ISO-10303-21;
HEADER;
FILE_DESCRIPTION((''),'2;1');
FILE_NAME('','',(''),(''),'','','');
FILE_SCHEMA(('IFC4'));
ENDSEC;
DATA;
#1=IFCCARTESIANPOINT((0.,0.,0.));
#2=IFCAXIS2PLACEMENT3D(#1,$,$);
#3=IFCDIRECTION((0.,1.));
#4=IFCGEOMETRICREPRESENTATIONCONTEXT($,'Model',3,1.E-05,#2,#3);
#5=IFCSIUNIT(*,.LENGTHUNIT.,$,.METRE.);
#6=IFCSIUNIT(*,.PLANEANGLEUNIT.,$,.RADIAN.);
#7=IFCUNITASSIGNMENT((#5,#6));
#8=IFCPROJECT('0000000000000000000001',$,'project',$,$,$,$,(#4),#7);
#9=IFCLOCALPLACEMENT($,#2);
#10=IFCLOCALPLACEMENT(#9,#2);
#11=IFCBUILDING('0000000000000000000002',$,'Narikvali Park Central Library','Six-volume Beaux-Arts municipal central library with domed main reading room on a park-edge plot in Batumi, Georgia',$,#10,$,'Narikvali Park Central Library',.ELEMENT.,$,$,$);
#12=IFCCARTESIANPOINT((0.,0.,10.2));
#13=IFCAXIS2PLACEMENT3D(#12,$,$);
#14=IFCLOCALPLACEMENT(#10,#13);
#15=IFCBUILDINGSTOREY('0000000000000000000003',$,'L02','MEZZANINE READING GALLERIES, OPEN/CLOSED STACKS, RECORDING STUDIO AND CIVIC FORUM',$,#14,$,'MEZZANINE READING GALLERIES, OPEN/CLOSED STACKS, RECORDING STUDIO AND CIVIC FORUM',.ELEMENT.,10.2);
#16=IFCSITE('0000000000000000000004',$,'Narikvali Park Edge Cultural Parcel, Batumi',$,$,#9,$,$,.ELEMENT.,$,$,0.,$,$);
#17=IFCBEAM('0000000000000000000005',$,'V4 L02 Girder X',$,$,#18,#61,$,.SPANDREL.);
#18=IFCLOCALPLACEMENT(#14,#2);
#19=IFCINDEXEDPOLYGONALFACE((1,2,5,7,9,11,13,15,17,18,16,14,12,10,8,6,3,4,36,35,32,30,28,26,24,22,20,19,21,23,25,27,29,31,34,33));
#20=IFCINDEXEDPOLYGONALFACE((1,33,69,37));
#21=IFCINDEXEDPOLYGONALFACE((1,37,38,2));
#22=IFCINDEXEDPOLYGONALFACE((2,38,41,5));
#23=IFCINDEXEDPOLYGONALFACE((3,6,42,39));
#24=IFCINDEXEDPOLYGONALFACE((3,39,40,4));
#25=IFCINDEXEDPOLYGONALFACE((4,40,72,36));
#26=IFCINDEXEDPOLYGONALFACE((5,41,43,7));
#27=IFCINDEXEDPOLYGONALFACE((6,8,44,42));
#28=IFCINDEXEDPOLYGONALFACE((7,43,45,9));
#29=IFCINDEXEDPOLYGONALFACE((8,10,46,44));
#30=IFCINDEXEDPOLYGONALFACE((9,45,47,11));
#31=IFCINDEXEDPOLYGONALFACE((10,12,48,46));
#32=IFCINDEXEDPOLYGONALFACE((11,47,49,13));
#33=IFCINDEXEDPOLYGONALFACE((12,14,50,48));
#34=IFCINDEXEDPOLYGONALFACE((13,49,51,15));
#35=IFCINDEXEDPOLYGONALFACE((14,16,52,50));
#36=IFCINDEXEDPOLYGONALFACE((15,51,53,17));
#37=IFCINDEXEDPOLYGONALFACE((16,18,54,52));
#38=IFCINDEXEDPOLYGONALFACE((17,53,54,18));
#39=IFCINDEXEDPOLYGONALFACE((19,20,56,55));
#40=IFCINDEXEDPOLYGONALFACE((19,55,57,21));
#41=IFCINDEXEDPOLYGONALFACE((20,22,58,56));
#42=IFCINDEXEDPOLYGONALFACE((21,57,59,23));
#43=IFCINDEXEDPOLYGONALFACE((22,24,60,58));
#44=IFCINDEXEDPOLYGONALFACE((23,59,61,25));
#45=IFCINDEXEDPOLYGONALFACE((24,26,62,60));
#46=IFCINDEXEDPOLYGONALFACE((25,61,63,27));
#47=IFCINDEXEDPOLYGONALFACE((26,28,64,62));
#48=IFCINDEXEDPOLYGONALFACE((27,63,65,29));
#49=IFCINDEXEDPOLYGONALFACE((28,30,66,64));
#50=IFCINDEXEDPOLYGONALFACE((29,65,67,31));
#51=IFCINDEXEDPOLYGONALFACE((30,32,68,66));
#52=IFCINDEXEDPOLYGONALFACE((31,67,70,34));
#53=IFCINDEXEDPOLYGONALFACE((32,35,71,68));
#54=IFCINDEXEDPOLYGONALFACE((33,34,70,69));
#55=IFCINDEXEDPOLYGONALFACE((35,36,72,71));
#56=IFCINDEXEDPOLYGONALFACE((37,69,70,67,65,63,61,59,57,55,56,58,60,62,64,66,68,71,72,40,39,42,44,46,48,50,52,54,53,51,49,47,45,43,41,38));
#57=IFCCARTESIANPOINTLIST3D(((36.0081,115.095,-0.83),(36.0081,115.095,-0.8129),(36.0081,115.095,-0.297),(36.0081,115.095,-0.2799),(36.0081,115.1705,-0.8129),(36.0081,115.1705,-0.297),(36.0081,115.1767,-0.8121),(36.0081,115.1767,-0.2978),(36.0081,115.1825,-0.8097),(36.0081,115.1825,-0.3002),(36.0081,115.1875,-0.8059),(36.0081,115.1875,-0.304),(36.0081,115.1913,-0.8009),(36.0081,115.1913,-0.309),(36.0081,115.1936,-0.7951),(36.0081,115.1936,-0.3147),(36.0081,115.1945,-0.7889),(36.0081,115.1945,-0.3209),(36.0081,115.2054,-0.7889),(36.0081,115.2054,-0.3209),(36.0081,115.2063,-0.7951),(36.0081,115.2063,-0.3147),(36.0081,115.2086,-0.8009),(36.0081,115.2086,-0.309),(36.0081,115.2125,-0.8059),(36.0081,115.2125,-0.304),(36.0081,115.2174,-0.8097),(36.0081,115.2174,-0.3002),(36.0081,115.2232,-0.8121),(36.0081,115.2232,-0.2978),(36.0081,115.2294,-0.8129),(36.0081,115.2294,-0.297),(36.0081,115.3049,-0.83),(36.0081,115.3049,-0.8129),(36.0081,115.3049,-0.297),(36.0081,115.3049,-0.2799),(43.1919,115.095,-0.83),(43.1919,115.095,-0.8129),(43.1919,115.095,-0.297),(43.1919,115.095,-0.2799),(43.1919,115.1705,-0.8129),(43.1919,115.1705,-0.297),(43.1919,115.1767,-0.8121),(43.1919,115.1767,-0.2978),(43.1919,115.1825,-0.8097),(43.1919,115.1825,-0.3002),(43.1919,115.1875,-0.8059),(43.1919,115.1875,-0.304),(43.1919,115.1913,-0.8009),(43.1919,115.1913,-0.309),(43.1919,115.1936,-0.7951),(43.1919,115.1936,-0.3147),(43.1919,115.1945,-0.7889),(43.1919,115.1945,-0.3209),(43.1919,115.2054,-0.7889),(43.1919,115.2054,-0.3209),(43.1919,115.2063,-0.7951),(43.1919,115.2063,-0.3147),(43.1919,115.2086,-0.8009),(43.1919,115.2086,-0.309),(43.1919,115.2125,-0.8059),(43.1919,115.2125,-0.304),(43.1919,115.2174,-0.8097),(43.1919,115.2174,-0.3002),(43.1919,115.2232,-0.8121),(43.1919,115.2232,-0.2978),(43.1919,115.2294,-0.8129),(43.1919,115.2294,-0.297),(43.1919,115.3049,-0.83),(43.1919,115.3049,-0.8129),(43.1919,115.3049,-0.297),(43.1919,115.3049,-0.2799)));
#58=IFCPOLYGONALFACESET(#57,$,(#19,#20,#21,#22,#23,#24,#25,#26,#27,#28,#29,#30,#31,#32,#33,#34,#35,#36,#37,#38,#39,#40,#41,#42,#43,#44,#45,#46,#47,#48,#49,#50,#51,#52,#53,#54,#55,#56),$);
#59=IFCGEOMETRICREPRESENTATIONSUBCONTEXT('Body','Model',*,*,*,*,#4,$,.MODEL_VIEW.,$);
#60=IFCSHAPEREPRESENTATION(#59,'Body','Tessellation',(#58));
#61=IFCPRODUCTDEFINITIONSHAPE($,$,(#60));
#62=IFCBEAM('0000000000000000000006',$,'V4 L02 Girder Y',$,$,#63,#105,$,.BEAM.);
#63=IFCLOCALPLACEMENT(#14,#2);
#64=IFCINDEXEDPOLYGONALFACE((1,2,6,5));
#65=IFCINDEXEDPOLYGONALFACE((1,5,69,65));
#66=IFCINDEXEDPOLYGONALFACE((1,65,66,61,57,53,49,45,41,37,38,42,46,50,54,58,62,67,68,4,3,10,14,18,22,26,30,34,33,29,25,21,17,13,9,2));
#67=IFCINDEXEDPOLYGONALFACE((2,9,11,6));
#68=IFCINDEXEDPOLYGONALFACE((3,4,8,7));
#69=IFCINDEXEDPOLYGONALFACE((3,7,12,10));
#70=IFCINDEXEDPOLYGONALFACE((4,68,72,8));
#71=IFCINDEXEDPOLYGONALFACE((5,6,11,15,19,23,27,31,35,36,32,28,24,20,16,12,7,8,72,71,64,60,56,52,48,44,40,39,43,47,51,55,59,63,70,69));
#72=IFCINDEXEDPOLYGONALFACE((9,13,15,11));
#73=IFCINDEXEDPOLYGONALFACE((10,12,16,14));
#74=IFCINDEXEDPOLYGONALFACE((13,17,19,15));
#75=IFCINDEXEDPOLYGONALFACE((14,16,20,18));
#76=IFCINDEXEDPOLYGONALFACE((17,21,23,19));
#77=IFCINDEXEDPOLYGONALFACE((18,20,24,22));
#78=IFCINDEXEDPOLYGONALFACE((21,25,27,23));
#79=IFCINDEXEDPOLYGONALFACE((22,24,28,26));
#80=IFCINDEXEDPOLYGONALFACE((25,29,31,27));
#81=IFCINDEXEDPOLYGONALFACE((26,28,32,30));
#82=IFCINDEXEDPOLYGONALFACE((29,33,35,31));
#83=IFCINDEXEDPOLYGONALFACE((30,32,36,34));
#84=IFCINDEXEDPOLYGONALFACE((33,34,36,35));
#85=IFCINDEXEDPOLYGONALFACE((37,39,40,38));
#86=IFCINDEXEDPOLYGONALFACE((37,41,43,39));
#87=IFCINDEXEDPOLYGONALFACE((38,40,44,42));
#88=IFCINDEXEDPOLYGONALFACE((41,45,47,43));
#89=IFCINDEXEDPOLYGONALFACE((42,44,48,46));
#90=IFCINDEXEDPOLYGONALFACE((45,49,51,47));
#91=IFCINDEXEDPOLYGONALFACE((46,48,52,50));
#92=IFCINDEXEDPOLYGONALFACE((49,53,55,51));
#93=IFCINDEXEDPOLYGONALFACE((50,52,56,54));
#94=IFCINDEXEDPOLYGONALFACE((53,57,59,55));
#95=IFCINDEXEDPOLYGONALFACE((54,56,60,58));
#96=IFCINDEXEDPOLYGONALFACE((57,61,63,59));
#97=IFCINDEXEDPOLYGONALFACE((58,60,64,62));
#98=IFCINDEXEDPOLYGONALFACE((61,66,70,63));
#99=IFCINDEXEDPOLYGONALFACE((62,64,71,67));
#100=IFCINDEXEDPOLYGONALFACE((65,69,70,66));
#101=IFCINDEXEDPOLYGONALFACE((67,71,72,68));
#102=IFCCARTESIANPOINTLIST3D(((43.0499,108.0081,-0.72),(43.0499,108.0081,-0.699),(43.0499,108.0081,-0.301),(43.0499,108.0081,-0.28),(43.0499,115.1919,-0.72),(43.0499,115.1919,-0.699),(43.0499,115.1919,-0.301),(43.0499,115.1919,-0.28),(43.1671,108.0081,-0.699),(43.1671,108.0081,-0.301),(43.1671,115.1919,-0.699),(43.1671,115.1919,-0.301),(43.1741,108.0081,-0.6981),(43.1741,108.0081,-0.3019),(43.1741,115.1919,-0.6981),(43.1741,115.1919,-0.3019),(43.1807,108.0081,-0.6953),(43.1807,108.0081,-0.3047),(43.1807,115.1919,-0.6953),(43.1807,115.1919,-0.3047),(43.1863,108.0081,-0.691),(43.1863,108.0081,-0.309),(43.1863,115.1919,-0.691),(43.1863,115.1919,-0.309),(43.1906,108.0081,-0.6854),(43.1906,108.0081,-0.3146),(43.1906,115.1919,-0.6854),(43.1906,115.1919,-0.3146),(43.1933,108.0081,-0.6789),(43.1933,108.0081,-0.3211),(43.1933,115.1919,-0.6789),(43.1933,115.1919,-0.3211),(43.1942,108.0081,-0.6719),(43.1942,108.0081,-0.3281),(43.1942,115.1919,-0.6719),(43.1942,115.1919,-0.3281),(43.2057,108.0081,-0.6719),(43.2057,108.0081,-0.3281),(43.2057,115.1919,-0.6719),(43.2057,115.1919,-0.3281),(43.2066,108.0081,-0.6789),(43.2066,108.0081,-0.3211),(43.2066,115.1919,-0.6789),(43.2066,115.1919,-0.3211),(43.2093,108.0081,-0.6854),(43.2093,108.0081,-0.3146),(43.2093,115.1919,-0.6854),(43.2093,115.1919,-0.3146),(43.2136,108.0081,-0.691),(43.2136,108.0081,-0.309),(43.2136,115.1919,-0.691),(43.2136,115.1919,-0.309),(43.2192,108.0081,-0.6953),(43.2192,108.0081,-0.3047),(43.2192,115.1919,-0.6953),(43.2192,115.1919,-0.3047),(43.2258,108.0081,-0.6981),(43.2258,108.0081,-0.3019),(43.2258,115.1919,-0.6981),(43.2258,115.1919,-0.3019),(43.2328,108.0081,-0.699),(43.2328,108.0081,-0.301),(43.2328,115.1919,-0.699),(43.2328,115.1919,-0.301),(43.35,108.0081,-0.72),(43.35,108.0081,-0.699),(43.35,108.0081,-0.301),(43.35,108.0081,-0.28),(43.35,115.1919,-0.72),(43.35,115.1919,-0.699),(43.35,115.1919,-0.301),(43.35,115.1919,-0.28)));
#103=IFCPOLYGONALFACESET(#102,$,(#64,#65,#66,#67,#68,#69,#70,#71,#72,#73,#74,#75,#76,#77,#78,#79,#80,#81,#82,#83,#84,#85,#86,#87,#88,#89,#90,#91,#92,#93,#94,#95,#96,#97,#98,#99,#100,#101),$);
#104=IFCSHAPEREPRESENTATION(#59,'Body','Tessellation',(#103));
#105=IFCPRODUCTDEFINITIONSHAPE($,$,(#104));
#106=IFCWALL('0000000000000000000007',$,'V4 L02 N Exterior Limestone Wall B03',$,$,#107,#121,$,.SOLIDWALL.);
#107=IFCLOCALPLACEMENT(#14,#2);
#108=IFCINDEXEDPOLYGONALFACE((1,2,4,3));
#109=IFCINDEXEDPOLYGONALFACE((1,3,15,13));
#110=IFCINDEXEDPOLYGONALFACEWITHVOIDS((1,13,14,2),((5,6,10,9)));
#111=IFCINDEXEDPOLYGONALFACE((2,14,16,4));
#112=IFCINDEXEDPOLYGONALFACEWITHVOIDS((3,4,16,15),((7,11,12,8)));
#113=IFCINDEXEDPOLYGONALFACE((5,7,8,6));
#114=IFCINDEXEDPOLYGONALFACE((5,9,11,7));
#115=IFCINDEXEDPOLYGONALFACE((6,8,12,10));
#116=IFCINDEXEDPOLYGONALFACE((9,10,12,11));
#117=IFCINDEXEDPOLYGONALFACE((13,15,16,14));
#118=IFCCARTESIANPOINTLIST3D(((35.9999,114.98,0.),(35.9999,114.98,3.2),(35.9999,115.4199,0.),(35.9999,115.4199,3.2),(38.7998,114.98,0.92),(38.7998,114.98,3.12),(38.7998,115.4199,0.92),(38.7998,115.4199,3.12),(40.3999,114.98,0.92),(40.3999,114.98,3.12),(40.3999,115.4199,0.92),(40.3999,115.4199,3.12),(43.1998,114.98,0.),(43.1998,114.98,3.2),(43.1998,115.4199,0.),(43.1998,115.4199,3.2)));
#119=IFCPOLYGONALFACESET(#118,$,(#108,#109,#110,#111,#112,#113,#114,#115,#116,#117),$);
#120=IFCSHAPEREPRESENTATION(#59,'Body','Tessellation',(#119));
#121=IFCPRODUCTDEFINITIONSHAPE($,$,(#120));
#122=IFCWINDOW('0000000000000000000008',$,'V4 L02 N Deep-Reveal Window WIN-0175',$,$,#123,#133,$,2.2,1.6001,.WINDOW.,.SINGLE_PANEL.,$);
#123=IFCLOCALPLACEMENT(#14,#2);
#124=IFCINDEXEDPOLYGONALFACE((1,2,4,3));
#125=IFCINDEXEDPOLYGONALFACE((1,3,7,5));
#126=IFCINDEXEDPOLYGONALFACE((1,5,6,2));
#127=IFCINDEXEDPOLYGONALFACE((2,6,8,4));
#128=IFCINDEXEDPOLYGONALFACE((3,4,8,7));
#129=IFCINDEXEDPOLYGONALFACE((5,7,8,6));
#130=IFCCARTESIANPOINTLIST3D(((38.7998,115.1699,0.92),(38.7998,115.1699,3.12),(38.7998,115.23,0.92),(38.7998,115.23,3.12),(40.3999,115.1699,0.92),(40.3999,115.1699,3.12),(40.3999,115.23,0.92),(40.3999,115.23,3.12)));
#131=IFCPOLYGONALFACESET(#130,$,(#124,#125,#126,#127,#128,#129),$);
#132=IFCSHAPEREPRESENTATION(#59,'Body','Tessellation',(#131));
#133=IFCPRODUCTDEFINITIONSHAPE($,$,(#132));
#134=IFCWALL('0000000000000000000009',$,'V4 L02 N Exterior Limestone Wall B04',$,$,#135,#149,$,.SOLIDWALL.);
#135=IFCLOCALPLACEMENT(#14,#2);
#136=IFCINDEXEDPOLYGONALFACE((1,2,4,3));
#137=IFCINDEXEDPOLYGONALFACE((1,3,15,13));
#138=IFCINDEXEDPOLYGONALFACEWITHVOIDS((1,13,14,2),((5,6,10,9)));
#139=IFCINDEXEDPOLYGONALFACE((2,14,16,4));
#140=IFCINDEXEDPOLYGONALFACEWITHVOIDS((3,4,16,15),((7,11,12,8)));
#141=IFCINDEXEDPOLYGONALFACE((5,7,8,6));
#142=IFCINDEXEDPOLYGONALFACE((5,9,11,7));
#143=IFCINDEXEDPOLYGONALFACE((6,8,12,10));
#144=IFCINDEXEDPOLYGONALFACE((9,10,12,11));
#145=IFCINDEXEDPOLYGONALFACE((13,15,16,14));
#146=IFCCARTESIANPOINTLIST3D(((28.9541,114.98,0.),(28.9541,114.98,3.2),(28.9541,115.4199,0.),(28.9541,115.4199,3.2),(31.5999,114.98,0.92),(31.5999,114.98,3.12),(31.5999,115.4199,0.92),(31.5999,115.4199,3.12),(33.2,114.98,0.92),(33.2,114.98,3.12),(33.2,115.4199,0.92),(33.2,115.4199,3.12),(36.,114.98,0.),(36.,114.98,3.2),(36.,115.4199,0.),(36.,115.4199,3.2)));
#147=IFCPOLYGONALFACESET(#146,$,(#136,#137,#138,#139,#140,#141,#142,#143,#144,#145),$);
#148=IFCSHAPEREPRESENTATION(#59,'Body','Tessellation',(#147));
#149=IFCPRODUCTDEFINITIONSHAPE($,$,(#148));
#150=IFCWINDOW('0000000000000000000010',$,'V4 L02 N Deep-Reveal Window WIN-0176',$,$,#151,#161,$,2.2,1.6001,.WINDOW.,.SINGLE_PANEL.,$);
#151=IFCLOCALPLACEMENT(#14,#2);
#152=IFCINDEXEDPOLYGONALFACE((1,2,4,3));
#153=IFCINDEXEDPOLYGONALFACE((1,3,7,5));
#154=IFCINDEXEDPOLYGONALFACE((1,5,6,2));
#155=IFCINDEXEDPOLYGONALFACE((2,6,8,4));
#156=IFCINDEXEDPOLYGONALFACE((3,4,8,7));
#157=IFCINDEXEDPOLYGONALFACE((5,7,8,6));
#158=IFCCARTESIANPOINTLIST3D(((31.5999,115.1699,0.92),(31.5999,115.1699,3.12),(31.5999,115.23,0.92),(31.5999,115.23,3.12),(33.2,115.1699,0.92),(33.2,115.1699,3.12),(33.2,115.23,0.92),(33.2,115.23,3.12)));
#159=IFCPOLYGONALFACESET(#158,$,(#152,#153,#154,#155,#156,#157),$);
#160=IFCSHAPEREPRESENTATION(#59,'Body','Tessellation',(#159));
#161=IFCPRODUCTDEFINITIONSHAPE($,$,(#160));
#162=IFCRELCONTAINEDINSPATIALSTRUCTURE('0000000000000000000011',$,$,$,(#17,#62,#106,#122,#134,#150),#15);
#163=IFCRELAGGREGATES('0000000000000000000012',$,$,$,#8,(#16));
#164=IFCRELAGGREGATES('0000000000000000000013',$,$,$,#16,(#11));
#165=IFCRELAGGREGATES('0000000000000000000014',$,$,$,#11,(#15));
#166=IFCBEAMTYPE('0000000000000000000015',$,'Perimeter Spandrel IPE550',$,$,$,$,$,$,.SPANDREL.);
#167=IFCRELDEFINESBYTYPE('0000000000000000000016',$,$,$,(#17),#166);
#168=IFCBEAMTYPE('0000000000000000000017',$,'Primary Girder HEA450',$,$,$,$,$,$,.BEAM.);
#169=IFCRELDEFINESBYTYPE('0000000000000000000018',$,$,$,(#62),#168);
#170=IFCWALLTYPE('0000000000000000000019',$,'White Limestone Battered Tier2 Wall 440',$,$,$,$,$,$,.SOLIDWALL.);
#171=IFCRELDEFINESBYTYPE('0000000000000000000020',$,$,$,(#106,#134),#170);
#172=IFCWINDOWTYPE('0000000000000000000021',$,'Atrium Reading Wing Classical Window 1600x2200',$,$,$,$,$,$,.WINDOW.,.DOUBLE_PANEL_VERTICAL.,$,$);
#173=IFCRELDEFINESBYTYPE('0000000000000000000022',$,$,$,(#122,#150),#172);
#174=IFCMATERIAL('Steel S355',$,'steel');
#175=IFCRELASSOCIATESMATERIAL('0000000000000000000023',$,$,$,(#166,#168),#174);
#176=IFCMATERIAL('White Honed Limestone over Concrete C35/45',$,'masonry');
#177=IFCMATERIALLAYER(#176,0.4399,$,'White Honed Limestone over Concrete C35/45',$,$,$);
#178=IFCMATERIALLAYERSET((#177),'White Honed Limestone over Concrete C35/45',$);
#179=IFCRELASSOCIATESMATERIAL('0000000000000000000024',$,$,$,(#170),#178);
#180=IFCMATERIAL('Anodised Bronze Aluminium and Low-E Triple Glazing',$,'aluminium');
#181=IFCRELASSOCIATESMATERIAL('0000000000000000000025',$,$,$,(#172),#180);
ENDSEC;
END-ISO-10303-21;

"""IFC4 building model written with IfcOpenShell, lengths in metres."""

from ifc_helpers import new_model, si_unit, direction, frame, frame_2d, origin, origin_2d, place, context, subcontext, project, spatial, rectangle, i_section, extrude, material, layer, layer_set, material_profile, profile_set, type_object, element, fill, save


model = new_model("IFC4")

# Units and contexts
model_context = context("Model", 3, precision=1e-05, world=origin(), true_north=direction((0.0, 1.0)))
body_context = subcontext(model_context, "Body", "Model", "MODEL_VIEW")
ifc_project = project(units=[si_unit("LENGTHUNIT", "METRE"), si_unit("PLANEANGLEUNIT", "RADIAN")], contexts=[model_context])

# Site, building, storey
site_placement = place(None, origin())
site = spatial("IfcSite", under=ifc_project, at=site_placement, Name="Narikvali Park Edge Cultural Parcel, Batumi", CompositionType="ELEMENT", RefElevation=0.0)
building_placement = place(site_placement, origin())
building = spatial("IfcBuilding", under=site, at=building_placement, Name="Narikvali Park Central Library", Description="Six-volume Beaux-Arts municipal central library with domed main reading room on a park-edge plot in Batumi, Georgia", LongName="Narikvali Park Central Library", CompositionType="ELEMENT")
storey_placement = place(building_placement, frame((0.0, 0.0, 10.2)))
storey = spatial("IfcBuildingStorey", under=building, at=storey_placement, Name="L02", Description="MEZZANINE READING GALLERIES, OPEN/CLOSED STACKS, RECORDING STUDIO AND CIVIC FORUM", LongName="MEZZANINE READING GALLERIES, OPEN/CLOSED STACKS, RECORDING STUDIO AND CIVIC FORUM", CompositionType="ELEMENT", Elevation=10.2)

# Shared definitions
ifc_material_1 = material(Name="Steel S355", Category="steel")

# Beams
ifc_material_profile_1 = material_profile(ifc_material_1, i_section(OverallWidth=0.21, OverallDepth=0.55, WebThickness=0.011, FlangeThickness=0.0171, FilletRadius=0.0239, at=origin_2d()), Name="IPE 550")
ifc_profile_set_1 = profile_set([ifc_material_profile_1], Name="Steel S355")
beam_type_1 = type_object("IfcBeamType", Name="Perimeter Spandrel IPE550", PredefinedType="SPANDREL", material=ifc_profile_set_1)
for number, where, z_axis, x_axis, name in (
    (1, (36.0081, 115.2, -0.5549), (1.0, 0.0, 0.0), (0.0, 1.0, 0.0), "V4 L02 Girder X"),
):
    element("IfcBeam", number, at=place(storey_placement, frame(where, z_axis=z_axis, x_axis=x_axis)), inside=storey, type_object=beam_type_1, Name=name, PredefinedType="SPANDREL", context=body_context, shape_type="SweptSolid", body=[
        extrude(i_section(OverallWidth=0.21, OverallDepth=0.55, WebThickness=0.011, FlangeThickness=0.0171, FilletRadius=0.0239, at=origin_2d()), origin(), (0.0, 0.0, 1.0), 7.1838),
    ])
ifc_material_profile_2 = material_profile(ifc_material_1, i_section(OverallWidth=0.3, OverallDepth=0.4399, WebThickness=0.0115, FlangeThickness=0.021, FilletRadius=0.0271, at=origin_2d()), Name="HEA 450")
ifc_profile_set_2 = profile_set([ifc_material_profile_2], Name="Steel S355")
beam_type_2 = type_object("IfcBeamType", Name="Primary Girder HEA450", PredefinedType="BEAM", material=ifc_profile_set_2)
beam_placement = place(storey_placement, frame((43.2, 108.0081, -0.5), z_axis=(0.0, 1.0, 0.0), x_axis=(-1.0, 0.0, 0.0)))
element("IfcBeam", 2, at=beam_placement, inside=storey, type_object=beam_type_2, Name="V4 L02 Girder Y", PredefinedType="BEAM", context=body_context, shape_type="SweptSolid", body=[
    extrude(i_section(OverallWidth=0.3, OverallDepth=0.4399, WebThickness=0.0115, FlangeThickness=0.021, FilletRadius=0.0271, at=origin_2d()), origin(), (0.0, 0.0, 1.0), 7.1838),
])

# Walls, openings, windows
ifc_material_2 = material(Name="White Honed Limestone over Concrete C35/45", Category="masonry")
ifc_layer_1 = layer(ifc_material_2, 0.4399, Name="White Honed Limestone over Concrete C35/45")
ifc_layer_set_1 = layer_set([ifc_layer_1], Name="White Honed Limestone over Concrete C35/45")
wall_type = type_object("IfcWallType", Name="White Limestone Battered Tier2 Wall 440", PredefinedType="SOLIDWALL", material=ifc_layer_set_1)
wall_1_placement = place(storey_placement, frame((43.2, 115.2, 0.0), z_axis=(0.0, 0.0, 1.0), x_axis=(-1.0, 0.0, 0.0)))
wall_1 = element("IfcWall", 3, at=wall_1_placement, inside=storey, type_object=wall_type, Name="V4 L02 N Exterior Limestone Wall B03", PredefinedType="SOLIDWALL", context=body_context, shape_type="SweptSolid", body=[
    extrude(rectangle(XDim=7.2, YDim=0.4399, at=frame_2d((3.6001, 0.0))), origin(), (0.0, 0.0, 1.0), 3.2),
])
opening_1_placement = place(wall_1_placement, frame((2.8, 0.0, 0.9199)))
opening_1 = element("IfcOpeningElement", 4, at=opening_1_placement, cuts=wall_1, PredefinedType="OPENING", context=body_context, shape_type="SweptSolid", body=[
    extrude(rectangle(XDim=1.6001, YDim=2.2, at=frame_2d((0.8, 1.1001))), frame((0.0, 0.2319, 0.0), z_axis=(0.0, -1.0, 0.0), x_axis=(1.0, 0.0, 0.0)), (0.0, 0.0, 1.0), 0.4639),
])
ifc_material_3 = material(Name="Anodised Bronze Aluminium and Low-E Triple Glazing", Category="aluminium")
window_type = type_object("IfcWindowType", Name="Atrium Reading Wing Classical Window 1600x2200", PartitioningType="DOUBLE_PANEL_VERTICAL", PredefinedType="WINDOW", material=ifc_material_3)
window_1_placement = place(opening_1_placement, origin())
window_1 = element("IfcWindow", 5, at=window_1_placement, inside=storey, type_object=window_type, Name="V4 L02 N Deep-Reveal Window WIN-0175", OverallHeight=2.2, OverallWidth=1.6001, PartitioningType="SINGLE_PANEL", PredefinedType="WINDOW", context=body_context, shape_type="SweptSolid", body=[
    extrude(rectangle(XDim=1.6001, YDim=2.2, at=frame_2d((0.8, 1.1001))), frame((0.0, 0.03, 0.0), z_axis=(0.0, -1.0, 0.0), x_axis=(1.0, 0.0, 0.0)), (0.0, 0.0, 1.0), 0.0601),
])
fill(opening_1, window_1)
wall_2_placement = place(storey_placement, frame((36.0, 115.2, 0.0), z_axis=(0.0, 0.0, 1.0), x_axis=(-1.0, 0.0, 0.0)))
wall_2 = element("IfcWall", 6, at=wall_2_placement, inside=storey, type_object=wall_type, Name="V4 L02 N Exterior Limestone Wall B04", PredefinedType="SOLIDWALL", context=body_context, shape_type="SweptSolid", body=[
    extrude(rectangle(XDim=7.0459, YDim=0.4399, at=frame_2d((3.5229, 0.0))), origin(), (0.0, 0.0, 1.0), 3.2),
])
opening_2_placement = place(wall_2_placement, frame((2.8, 0.0, 0.9199)))
opening_2 = element("IfcOpeningElement", 7, at=opening_2_placement, cuts=wall_2, PredefinedType="OPENING", context=body_context, shape_type="SweptSolid", body=[
    extrude(rectangle(XDim=1.6001, YDim=2.2, at=frame_2d((0.8, 1.1001))), frame((0.0, 0.2319, 0.0), z_axis=(0.0, -1.0, 0.0), x_axis=(1.0, 0.0, 0.0)), (0.0, 0.0, 1.0), 0.4639),
])
window_2_placement = place(opening_2_placement, origin())
window_2 = element("IfcWindow", 8, at=window_2_placement, inside=storey, type_object=window_type, Name="V4 L02 N Deep-Reveal Window WIN-0176", OverallHeight=2.2, OverallWidth=1.6001, PartitioningType="SINGLE_PANEL", PredefinedType="WINDOW", context=body_context, shape_type="SweptSolid", body=[
    extrude(rectangle(XDim=1.6001, YDim=2.2, at=frame_2d((0.8, 1.1001))), frame((0.0, 0.03, 0.0), z_axis=(0.0, -1.0, 0.0), x_axis=(1.0, 0.0, 0.0)), (0.0, 0.0, 1.0), 0.0601),
])
fill(opening_2, window_2)

save(model, "model.ifc")
